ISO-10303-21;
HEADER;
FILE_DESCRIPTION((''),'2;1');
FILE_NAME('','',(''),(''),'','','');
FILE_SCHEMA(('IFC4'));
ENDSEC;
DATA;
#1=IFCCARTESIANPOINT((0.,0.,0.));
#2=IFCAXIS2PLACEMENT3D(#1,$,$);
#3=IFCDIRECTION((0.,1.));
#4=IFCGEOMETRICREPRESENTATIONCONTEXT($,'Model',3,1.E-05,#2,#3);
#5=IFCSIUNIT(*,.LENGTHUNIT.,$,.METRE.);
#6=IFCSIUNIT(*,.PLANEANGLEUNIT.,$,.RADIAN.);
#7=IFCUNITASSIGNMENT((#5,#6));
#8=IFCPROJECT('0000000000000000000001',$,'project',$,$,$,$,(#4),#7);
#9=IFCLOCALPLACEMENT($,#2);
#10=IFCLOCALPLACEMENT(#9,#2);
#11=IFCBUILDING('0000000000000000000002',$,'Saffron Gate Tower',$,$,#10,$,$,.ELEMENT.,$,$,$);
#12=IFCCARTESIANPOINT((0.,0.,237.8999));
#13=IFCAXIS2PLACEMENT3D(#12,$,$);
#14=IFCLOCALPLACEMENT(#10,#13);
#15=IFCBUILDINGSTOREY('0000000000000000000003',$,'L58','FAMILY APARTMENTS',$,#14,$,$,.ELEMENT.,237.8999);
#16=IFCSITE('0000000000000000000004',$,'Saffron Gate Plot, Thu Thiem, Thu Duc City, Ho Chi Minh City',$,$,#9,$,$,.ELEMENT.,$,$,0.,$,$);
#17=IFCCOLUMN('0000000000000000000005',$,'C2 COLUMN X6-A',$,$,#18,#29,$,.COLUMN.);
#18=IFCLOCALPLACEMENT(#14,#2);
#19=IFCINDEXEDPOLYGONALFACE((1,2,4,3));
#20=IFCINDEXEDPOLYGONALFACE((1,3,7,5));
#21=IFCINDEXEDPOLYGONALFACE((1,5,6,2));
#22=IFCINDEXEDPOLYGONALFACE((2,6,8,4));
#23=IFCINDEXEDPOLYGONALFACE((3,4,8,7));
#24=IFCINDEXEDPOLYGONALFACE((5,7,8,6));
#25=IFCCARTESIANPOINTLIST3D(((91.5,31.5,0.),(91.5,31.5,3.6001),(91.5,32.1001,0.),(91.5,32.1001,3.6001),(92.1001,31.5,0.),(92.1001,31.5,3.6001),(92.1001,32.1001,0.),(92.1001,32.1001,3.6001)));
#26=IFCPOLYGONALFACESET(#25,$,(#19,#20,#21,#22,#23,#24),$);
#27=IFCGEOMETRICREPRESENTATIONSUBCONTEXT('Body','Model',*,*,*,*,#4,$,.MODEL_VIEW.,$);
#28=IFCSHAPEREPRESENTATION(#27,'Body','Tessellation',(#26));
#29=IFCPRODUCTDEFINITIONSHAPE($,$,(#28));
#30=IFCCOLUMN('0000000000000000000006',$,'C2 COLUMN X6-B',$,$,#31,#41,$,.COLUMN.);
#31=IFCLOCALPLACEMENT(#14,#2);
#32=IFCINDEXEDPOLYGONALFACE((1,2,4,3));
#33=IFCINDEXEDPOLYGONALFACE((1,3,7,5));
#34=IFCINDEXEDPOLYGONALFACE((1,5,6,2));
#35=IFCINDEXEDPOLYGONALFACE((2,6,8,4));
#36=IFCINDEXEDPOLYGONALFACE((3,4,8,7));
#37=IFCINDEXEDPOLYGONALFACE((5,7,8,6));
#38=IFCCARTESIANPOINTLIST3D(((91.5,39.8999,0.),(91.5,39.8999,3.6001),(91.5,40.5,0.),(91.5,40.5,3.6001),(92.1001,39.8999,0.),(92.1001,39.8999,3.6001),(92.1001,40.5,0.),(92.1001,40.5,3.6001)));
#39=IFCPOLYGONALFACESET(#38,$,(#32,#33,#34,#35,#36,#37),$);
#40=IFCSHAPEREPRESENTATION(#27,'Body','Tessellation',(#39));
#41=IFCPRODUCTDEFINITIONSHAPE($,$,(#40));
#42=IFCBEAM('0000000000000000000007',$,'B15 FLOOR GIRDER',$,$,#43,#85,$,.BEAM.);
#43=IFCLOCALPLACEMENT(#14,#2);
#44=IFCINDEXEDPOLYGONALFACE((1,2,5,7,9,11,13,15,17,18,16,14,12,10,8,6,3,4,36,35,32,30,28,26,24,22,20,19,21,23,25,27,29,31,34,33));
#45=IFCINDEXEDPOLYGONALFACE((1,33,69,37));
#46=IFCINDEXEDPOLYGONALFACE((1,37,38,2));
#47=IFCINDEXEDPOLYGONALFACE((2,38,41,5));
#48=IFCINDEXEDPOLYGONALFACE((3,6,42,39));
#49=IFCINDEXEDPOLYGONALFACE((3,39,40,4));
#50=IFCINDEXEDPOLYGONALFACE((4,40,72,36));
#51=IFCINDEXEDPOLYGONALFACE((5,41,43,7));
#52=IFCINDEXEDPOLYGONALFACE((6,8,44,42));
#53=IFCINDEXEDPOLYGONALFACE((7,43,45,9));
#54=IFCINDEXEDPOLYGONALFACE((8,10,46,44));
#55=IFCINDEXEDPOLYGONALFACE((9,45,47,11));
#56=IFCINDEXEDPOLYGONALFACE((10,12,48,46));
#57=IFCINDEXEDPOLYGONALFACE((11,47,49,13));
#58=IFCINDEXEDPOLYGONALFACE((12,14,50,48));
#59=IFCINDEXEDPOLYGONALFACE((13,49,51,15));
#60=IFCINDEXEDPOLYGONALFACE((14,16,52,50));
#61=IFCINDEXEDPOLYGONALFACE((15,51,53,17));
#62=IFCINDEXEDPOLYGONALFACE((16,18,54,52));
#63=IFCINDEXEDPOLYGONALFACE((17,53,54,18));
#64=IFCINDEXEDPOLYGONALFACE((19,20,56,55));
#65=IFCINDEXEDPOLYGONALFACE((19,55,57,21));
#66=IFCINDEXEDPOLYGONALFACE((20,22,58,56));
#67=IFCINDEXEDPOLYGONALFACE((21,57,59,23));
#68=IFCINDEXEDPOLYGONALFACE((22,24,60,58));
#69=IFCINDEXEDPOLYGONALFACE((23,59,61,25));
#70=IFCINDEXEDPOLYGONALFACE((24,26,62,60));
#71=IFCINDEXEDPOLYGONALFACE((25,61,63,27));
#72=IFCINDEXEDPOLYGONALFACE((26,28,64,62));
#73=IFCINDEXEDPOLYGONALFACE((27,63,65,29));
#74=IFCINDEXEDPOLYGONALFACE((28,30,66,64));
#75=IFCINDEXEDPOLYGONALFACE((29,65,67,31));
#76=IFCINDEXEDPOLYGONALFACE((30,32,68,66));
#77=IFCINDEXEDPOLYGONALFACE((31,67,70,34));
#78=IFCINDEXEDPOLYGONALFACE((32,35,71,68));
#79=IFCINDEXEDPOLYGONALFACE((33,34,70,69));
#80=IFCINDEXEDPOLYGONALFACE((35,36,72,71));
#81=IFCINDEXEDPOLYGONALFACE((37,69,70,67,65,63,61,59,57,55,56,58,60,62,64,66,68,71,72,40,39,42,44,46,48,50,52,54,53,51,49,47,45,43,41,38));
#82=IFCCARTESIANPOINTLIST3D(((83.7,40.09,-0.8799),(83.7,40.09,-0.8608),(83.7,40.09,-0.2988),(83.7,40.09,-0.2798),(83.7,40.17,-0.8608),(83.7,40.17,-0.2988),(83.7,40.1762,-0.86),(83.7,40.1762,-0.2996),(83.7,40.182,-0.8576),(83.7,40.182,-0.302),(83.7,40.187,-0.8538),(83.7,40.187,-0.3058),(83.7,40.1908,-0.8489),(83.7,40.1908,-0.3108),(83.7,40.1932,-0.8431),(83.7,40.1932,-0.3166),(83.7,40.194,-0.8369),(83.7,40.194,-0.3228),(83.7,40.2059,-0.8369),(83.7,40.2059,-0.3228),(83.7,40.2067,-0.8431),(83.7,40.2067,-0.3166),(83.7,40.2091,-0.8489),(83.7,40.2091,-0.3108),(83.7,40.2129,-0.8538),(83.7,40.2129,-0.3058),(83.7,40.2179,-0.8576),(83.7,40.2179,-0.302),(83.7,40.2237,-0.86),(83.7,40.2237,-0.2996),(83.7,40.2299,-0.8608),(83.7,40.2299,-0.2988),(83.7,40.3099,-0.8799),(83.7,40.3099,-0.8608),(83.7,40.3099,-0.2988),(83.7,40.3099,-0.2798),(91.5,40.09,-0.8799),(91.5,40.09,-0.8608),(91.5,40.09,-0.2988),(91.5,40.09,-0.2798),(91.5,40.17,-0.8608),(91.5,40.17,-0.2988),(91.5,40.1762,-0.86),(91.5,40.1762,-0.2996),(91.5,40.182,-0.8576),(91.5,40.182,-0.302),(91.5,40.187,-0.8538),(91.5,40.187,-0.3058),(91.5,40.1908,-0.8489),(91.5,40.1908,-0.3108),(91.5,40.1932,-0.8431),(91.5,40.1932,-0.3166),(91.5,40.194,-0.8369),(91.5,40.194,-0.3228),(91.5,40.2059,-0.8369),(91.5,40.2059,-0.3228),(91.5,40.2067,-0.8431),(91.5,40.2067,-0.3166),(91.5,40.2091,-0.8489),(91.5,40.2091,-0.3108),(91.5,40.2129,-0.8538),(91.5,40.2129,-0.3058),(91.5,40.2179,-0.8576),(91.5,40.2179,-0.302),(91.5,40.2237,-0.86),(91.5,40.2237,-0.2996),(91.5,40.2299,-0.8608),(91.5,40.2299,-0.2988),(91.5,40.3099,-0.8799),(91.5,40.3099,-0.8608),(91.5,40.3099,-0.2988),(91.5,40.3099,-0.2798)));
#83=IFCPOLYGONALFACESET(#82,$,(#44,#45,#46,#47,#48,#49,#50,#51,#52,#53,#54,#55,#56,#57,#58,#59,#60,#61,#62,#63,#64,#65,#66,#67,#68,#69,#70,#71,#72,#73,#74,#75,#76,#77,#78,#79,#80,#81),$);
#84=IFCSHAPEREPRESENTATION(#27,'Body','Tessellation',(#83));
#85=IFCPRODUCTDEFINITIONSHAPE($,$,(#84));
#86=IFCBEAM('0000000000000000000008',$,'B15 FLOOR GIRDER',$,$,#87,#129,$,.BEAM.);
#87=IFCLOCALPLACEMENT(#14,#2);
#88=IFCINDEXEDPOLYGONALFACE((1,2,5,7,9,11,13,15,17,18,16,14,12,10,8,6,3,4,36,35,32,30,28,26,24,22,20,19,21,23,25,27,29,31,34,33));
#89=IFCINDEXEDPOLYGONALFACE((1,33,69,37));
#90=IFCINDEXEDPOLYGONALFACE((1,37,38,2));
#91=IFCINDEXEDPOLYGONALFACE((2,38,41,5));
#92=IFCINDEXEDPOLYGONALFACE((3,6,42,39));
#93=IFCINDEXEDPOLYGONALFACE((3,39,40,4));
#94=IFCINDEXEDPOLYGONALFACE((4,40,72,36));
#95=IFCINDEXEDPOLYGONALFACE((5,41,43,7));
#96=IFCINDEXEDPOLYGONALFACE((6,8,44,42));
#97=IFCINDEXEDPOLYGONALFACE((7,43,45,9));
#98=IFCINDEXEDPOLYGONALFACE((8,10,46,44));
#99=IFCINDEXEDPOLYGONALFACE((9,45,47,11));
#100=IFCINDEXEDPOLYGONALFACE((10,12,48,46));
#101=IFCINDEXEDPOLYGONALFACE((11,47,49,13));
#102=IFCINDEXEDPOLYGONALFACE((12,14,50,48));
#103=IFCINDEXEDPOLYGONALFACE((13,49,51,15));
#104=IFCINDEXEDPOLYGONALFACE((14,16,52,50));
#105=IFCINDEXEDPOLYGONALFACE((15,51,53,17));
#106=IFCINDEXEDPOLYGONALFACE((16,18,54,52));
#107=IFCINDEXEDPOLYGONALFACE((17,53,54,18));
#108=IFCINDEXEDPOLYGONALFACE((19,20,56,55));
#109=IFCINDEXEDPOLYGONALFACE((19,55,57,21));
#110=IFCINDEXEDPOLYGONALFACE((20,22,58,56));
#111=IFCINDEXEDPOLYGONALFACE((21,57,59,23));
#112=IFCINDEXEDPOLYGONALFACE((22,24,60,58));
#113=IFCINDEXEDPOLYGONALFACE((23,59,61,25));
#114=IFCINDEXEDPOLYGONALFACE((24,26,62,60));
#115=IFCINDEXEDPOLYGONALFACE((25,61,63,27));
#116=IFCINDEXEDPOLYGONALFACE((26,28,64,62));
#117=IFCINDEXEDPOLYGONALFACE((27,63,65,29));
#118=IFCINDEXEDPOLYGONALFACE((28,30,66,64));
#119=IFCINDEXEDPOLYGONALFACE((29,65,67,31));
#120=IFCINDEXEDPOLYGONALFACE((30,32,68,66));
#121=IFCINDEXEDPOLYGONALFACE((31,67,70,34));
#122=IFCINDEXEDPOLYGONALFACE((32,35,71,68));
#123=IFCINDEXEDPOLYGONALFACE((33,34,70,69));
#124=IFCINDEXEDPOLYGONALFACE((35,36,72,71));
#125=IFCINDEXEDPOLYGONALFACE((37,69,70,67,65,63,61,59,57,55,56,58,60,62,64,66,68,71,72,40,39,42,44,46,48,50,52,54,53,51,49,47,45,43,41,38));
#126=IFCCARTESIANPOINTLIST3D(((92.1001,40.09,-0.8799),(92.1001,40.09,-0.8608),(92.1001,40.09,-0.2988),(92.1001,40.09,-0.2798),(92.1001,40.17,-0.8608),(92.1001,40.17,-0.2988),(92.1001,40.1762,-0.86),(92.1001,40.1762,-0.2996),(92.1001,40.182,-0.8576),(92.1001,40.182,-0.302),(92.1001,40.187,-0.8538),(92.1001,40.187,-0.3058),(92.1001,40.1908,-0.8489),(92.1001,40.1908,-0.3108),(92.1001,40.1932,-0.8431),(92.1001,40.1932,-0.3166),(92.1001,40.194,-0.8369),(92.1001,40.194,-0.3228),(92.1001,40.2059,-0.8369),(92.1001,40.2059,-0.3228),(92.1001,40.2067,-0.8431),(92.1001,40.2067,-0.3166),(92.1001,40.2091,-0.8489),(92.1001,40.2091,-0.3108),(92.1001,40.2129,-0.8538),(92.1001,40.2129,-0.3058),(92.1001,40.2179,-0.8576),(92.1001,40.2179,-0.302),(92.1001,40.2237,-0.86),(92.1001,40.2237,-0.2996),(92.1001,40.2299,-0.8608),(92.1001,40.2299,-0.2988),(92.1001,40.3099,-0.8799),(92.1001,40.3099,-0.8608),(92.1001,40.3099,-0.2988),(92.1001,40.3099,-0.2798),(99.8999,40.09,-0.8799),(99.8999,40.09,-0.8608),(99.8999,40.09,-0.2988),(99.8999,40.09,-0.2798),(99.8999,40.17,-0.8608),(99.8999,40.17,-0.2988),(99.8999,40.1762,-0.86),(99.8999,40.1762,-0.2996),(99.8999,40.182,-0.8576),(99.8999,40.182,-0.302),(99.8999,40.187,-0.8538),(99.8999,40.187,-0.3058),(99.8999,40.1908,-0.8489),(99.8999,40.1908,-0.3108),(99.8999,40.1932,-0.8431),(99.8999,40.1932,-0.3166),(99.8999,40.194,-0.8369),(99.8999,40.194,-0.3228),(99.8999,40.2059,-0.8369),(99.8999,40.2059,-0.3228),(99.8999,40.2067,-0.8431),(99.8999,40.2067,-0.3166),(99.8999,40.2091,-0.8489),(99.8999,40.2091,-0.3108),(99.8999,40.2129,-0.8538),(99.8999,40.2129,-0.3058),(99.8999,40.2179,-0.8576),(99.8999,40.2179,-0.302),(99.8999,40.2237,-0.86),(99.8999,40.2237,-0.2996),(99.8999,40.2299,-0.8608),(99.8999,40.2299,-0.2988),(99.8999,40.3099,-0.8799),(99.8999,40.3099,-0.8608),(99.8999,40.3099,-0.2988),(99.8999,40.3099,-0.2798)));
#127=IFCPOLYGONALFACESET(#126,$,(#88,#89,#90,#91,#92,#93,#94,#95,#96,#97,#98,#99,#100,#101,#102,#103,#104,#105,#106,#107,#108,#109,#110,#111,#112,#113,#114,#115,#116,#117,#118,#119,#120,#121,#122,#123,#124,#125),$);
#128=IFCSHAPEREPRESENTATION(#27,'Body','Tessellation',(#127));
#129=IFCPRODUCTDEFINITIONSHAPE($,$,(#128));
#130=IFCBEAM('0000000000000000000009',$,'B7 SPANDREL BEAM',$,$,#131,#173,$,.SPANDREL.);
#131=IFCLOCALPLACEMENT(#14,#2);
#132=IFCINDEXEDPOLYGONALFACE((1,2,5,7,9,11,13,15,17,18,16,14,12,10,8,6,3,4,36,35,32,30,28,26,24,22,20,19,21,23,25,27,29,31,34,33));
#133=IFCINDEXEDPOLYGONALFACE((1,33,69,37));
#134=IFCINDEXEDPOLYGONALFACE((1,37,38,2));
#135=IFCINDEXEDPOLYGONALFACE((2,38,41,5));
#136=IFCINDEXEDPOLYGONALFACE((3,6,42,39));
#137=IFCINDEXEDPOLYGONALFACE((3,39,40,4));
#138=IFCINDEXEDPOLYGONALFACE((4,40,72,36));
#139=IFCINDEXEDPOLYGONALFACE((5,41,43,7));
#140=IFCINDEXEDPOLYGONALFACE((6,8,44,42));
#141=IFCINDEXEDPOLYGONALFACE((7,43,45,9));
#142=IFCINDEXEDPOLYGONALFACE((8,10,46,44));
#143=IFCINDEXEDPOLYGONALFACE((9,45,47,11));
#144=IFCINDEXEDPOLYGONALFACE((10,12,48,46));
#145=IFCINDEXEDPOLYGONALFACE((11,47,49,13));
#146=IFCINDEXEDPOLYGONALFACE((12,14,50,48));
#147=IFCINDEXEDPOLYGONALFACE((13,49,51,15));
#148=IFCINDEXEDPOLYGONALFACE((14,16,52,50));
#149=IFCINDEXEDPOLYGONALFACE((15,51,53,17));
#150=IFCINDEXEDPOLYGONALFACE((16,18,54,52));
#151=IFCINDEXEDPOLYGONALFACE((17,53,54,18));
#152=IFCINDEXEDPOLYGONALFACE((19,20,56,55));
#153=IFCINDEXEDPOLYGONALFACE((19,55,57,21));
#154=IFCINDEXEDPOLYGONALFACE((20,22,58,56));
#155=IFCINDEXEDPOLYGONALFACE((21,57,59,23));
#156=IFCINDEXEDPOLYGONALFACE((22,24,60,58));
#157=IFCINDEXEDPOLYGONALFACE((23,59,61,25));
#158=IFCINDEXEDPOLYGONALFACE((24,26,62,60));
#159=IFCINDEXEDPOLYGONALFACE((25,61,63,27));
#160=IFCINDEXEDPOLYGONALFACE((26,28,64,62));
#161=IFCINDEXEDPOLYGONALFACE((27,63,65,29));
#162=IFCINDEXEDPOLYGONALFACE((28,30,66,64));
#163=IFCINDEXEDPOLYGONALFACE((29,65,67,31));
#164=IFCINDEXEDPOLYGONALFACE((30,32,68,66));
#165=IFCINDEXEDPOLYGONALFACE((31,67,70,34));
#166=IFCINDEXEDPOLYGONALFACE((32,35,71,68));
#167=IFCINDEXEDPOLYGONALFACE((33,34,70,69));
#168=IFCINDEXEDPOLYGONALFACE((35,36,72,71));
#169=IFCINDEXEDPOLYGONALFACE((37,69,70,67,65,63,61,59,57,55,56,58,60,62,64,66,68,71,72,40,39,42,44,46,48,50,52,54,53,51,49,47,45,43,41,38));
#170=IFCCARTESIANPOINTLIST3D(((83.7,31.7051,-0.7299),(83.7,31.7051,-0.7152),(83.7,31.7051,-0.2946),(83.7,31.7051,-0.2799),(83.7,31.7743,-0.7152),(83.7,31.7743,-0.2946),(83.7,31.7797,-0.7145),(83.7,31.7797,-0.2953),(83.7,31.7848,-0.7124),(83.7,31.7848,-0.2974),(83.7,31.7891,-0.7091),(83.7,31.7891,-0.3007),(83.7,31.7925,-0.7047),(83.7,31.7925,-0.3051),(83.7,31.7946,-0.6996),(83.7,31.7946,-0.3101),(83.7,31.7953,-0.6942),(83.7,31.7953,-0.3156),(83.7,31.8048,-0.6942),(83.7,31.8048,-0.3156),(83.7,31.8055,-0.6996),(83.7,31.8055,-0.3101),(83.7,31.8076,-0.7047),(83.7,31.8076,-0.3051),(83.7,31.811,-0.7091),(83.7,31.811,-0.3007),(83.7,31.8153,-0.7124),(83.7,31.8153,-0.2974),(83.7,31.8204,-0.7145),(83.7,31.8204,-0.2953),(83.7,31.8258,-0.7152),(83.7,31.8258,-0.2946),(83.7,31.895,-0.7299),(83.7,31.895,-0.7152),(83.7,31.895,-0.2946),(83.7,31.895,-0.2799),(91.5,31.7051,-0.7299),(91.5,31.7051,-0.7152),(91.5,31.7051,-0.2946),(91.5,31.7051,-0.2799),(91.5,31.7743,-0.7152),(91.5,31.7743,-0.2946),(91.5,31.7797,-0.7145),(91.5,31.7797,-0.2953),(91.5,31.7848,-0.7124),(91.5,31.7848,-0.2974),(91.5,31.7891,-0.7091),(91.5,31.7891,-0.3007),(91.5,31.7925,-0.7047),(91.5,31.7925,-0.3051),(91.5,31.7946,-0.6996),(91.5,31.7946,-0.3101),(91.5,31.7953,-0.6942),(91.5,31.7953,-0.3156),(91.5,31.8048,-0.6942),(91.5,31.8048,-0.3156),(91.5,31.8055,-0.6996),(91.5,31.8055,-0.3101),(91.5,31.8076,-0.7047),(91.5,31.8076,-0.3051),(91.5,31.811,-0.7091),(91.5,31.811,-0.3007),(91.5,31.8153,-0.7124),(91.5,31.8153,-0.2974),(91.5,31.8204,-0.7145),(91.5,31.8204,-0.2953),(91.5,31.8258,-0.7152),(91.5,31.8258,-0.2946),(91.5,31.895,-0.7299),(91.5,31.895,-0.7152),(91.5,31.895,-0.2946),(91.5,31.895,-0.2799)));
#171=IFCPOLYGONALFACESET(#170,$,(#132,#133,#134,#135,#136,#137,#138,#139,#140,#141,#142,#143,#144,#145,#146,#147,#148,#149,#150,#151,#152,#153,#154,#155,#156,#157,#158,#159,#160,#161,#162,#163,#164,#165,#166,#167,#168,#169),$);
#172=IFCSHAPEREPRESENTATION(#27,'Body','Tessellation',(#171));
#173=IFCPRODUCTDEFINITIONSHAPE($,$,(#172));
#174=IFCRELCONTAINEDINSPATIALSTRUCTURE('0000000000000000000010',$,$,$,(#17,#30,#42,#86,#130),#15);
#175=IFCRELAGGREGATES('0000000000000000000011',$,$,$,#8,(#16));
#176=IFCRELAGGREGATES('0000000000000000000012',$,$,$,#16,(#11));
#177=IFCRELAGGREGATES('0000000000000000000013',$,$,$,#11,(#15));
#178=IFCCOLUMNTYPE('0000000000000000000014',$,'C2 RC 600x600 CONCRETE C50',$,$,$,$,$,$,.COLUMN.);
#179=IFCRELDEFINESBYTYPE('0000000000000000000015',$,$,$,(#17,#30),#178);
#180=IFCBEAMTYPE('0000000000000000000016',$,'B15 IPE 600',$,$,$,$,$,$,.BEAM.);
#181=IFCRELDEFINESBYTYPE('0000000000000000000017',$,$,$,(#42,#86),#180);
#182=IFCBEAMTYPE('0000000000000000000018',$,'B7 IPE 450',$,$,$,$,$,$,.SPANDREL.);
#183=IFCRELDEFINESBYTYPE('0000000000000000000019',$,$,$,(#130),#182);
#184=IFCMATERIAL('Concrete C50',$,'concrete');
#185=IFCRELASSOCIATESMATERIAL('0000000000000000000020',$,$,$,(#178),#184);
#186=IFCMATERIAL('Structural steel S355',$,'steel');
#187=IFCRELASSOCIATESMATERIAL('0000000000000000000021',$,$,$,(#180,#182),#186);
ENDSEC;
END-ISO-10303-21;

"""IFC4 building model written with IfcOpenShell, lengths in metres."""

from ifc_helpers import new_model, si_unit, direction, frame, origin, origin_2d, place, context, subcontext, project, spatial, rectangle, i_section, extrude, material, material_profile, profile_set, type_object, element, save


model = new_model("IFC4")

# Units and contexts
model_context = context("Model", 3, precision=1e-05, world=origin(), true_north=direction((0.0, 1.0)))
body_context = subcontext(model_context, "Body", "Model", "MODEL_VIEW")
ifc_project = project(units=[si_unit("LENGTHUNIT", "METRE"), si_unit("PLANEANGLEUNIT", "RADIAN")], contexts=[model_context])

# Site, building, storey
site_placement = place(None, origin())
site = spatial("IfcSite", under=ifc_project, at=site_placement, Name="Saffron Gate Plot, Thu Thiem, Thu Duc City, Ho Chi Minh City", CompositionType="ELEMENT", RefElevation=0.0)
building_placement = place(site_placement, origin())
building = spatial("IfcBuilding", under=site, at=building_placement, Name="Saffron Gate Tower", CompositionType="ELEMENT")
storey_placement = place(building_placement, frame((0.0, 0.0, 237.8999)))
storey = spatial("IfcBuildingStorey", under=building, at=storey_placement, Name="L58", Description="FAMILY APARTMENTS", CompositionType="ELEMENT", Elevation=237.8999)

# Columns
ifc_material_1 = material(Name="Concrete C50", Category="concrete")
ifc_material_profile_1 = material_profile(ifc_material_1, rectangle(XDim=0.6001, YDim=0.6001, at=origin_2d()))
ifc_profile_set_1 = profile_set([ifc_material_profile_1], Name="Concrete C50")
column_type = type_object("IfcColumnType", Name="C2 RC 600x600 CONCRETE C50", PredefinedType="COLUMN", material=ifc_profile_set_1)
for number, where, z_axis, x_axis, name in (
    (1, (91.8, 31.8, 0.0), (0.0, 0.0, 1.0), (1.0, 0.0, 0.0), "C2 COLUMN X6-A"),
    (2, (91.8, 40.2, 0.0), (0.0, 0.0, 1.0), (1.0, 0.0, 0.0), "C2 COLUMN X6-B"),
):
    element("IfcColumn", number, at=place(storey_placement, frame(where, z_axis=z_axis, x_axis=x_axis)), inside=storey, type_object=column_type, Name=name, PredefinedType="COLUMN", context=body_context, shape_type="SweptSolid", body=[
        extrude(rectangle(XDim=0.6001, YDim=0.6001, at=origin_2d()), origin(), (0.0, 0.0, 1.0), 3.6001),
    ])

# Beams
ifc_material_2 = material(Name="Structural steel S355", Category="steel")
ifc_material_profile_2 = material_profile(ifc_material_2, i_section(OverallWidth=0.22, OverallDepth=0.6001, WebThickness=0.012, FlangeThickness=0.019, FilletRadius=0.0239, at=origin_2d()))
ifc_profile_set_2 = profile_set([ifc_material_profile_2], Name="Structural steel S355")
beam_type_1 = type_object("IfcBeamType", Name="B15 IPE 600", PredefinedType="BEAM", material=ifc_profile_set_2)
beam_1_placement = place(storey_placement, frame((83.7, 40.2, -0.5798), z_axis=(1.0, 0.0, 0.0), x_axis=(0.0, 1.0, 0.0)))
element("IfcBeam", 3, at=beam_1_placement, inside=storey, type_object=beam_type_1, Name="B15 FLOOR GIRDER", PredefinedType="BEAM", context=body_context, shape_type="SweptSolid", body=[
    extrude(i_section(OverallWidth=0.22, OverallDepth=0.6001, WebThickness=0.012, FlangeThickness=0.019, FilletRadius=0.0239, at=origin_2d()), origin(), (0.0, 0.0, 1.0), 7.8),
])
beam_2_placement = place(storey_placement, frame((92.1001, 40.2, -0.5798), z_axis=(1.0, 0.0, 0.0), x_axis=(0.0, 1.0, 0.0)))
element("IfcBeam", 4, at=beam_2_placement, inside=storey, type_object=beam_type_1, Name="B15 FLOOR GIRDER", PredefinedType="BEAM", context=body_context, shape_type="SweptSolid", body=[
    extrude(i_section(OverallWidth=0.22, OverallDepth=0.6001, WebThickness=0.012, FlangeThickness=0.019, FilletRadius=0.0239, at=origin_2d()), origin(), (0.0, 0.0, 1.0), 7.7998),
])
ifc_material_profile_3 = material_profile(ifc_material_2, i_section(OverallWidth=0.1899, OverallDepth=0.45, WebThickness=0.0095, FlangeThickness=0.0146, FilletRadius=0.021, at=origin_2d()))
ifc_profile_set_3 = profile_set([ifc_material_profile_3], Name="Structural steel S355")
beam_type_2 = type_object("IfcBeamType", Name="B7 IPE 450", PredefinedType="SPANDREL", material=ifc_profile_set_3)
beam_3_placement = place(storey_placement, frame((83.7, 31.8, -0.5049), z_axis=(1.0, 0.0, 0.0), x_axis=(0.0, 1.0, 0.0)))
element("IfcBeam", 5, at=beam_3_placement, inside=storey, type_object=beam_type_2, Name="B7 SPANDREL BEAM", PredefinedType="SPANDREL", context=body_context, shape_type="SweptSolid", body=[
    extrude(i_section(OverallWidth=0.1899, OverallDepth=0.45, WebThickness=0.0095, FlangeThickness=0.0146, FilletRadius=0.021, at=origin_2d()), origin(), (0.0, 0.0, 1.0), 7.8),
])

save(model, "model.ifc")
